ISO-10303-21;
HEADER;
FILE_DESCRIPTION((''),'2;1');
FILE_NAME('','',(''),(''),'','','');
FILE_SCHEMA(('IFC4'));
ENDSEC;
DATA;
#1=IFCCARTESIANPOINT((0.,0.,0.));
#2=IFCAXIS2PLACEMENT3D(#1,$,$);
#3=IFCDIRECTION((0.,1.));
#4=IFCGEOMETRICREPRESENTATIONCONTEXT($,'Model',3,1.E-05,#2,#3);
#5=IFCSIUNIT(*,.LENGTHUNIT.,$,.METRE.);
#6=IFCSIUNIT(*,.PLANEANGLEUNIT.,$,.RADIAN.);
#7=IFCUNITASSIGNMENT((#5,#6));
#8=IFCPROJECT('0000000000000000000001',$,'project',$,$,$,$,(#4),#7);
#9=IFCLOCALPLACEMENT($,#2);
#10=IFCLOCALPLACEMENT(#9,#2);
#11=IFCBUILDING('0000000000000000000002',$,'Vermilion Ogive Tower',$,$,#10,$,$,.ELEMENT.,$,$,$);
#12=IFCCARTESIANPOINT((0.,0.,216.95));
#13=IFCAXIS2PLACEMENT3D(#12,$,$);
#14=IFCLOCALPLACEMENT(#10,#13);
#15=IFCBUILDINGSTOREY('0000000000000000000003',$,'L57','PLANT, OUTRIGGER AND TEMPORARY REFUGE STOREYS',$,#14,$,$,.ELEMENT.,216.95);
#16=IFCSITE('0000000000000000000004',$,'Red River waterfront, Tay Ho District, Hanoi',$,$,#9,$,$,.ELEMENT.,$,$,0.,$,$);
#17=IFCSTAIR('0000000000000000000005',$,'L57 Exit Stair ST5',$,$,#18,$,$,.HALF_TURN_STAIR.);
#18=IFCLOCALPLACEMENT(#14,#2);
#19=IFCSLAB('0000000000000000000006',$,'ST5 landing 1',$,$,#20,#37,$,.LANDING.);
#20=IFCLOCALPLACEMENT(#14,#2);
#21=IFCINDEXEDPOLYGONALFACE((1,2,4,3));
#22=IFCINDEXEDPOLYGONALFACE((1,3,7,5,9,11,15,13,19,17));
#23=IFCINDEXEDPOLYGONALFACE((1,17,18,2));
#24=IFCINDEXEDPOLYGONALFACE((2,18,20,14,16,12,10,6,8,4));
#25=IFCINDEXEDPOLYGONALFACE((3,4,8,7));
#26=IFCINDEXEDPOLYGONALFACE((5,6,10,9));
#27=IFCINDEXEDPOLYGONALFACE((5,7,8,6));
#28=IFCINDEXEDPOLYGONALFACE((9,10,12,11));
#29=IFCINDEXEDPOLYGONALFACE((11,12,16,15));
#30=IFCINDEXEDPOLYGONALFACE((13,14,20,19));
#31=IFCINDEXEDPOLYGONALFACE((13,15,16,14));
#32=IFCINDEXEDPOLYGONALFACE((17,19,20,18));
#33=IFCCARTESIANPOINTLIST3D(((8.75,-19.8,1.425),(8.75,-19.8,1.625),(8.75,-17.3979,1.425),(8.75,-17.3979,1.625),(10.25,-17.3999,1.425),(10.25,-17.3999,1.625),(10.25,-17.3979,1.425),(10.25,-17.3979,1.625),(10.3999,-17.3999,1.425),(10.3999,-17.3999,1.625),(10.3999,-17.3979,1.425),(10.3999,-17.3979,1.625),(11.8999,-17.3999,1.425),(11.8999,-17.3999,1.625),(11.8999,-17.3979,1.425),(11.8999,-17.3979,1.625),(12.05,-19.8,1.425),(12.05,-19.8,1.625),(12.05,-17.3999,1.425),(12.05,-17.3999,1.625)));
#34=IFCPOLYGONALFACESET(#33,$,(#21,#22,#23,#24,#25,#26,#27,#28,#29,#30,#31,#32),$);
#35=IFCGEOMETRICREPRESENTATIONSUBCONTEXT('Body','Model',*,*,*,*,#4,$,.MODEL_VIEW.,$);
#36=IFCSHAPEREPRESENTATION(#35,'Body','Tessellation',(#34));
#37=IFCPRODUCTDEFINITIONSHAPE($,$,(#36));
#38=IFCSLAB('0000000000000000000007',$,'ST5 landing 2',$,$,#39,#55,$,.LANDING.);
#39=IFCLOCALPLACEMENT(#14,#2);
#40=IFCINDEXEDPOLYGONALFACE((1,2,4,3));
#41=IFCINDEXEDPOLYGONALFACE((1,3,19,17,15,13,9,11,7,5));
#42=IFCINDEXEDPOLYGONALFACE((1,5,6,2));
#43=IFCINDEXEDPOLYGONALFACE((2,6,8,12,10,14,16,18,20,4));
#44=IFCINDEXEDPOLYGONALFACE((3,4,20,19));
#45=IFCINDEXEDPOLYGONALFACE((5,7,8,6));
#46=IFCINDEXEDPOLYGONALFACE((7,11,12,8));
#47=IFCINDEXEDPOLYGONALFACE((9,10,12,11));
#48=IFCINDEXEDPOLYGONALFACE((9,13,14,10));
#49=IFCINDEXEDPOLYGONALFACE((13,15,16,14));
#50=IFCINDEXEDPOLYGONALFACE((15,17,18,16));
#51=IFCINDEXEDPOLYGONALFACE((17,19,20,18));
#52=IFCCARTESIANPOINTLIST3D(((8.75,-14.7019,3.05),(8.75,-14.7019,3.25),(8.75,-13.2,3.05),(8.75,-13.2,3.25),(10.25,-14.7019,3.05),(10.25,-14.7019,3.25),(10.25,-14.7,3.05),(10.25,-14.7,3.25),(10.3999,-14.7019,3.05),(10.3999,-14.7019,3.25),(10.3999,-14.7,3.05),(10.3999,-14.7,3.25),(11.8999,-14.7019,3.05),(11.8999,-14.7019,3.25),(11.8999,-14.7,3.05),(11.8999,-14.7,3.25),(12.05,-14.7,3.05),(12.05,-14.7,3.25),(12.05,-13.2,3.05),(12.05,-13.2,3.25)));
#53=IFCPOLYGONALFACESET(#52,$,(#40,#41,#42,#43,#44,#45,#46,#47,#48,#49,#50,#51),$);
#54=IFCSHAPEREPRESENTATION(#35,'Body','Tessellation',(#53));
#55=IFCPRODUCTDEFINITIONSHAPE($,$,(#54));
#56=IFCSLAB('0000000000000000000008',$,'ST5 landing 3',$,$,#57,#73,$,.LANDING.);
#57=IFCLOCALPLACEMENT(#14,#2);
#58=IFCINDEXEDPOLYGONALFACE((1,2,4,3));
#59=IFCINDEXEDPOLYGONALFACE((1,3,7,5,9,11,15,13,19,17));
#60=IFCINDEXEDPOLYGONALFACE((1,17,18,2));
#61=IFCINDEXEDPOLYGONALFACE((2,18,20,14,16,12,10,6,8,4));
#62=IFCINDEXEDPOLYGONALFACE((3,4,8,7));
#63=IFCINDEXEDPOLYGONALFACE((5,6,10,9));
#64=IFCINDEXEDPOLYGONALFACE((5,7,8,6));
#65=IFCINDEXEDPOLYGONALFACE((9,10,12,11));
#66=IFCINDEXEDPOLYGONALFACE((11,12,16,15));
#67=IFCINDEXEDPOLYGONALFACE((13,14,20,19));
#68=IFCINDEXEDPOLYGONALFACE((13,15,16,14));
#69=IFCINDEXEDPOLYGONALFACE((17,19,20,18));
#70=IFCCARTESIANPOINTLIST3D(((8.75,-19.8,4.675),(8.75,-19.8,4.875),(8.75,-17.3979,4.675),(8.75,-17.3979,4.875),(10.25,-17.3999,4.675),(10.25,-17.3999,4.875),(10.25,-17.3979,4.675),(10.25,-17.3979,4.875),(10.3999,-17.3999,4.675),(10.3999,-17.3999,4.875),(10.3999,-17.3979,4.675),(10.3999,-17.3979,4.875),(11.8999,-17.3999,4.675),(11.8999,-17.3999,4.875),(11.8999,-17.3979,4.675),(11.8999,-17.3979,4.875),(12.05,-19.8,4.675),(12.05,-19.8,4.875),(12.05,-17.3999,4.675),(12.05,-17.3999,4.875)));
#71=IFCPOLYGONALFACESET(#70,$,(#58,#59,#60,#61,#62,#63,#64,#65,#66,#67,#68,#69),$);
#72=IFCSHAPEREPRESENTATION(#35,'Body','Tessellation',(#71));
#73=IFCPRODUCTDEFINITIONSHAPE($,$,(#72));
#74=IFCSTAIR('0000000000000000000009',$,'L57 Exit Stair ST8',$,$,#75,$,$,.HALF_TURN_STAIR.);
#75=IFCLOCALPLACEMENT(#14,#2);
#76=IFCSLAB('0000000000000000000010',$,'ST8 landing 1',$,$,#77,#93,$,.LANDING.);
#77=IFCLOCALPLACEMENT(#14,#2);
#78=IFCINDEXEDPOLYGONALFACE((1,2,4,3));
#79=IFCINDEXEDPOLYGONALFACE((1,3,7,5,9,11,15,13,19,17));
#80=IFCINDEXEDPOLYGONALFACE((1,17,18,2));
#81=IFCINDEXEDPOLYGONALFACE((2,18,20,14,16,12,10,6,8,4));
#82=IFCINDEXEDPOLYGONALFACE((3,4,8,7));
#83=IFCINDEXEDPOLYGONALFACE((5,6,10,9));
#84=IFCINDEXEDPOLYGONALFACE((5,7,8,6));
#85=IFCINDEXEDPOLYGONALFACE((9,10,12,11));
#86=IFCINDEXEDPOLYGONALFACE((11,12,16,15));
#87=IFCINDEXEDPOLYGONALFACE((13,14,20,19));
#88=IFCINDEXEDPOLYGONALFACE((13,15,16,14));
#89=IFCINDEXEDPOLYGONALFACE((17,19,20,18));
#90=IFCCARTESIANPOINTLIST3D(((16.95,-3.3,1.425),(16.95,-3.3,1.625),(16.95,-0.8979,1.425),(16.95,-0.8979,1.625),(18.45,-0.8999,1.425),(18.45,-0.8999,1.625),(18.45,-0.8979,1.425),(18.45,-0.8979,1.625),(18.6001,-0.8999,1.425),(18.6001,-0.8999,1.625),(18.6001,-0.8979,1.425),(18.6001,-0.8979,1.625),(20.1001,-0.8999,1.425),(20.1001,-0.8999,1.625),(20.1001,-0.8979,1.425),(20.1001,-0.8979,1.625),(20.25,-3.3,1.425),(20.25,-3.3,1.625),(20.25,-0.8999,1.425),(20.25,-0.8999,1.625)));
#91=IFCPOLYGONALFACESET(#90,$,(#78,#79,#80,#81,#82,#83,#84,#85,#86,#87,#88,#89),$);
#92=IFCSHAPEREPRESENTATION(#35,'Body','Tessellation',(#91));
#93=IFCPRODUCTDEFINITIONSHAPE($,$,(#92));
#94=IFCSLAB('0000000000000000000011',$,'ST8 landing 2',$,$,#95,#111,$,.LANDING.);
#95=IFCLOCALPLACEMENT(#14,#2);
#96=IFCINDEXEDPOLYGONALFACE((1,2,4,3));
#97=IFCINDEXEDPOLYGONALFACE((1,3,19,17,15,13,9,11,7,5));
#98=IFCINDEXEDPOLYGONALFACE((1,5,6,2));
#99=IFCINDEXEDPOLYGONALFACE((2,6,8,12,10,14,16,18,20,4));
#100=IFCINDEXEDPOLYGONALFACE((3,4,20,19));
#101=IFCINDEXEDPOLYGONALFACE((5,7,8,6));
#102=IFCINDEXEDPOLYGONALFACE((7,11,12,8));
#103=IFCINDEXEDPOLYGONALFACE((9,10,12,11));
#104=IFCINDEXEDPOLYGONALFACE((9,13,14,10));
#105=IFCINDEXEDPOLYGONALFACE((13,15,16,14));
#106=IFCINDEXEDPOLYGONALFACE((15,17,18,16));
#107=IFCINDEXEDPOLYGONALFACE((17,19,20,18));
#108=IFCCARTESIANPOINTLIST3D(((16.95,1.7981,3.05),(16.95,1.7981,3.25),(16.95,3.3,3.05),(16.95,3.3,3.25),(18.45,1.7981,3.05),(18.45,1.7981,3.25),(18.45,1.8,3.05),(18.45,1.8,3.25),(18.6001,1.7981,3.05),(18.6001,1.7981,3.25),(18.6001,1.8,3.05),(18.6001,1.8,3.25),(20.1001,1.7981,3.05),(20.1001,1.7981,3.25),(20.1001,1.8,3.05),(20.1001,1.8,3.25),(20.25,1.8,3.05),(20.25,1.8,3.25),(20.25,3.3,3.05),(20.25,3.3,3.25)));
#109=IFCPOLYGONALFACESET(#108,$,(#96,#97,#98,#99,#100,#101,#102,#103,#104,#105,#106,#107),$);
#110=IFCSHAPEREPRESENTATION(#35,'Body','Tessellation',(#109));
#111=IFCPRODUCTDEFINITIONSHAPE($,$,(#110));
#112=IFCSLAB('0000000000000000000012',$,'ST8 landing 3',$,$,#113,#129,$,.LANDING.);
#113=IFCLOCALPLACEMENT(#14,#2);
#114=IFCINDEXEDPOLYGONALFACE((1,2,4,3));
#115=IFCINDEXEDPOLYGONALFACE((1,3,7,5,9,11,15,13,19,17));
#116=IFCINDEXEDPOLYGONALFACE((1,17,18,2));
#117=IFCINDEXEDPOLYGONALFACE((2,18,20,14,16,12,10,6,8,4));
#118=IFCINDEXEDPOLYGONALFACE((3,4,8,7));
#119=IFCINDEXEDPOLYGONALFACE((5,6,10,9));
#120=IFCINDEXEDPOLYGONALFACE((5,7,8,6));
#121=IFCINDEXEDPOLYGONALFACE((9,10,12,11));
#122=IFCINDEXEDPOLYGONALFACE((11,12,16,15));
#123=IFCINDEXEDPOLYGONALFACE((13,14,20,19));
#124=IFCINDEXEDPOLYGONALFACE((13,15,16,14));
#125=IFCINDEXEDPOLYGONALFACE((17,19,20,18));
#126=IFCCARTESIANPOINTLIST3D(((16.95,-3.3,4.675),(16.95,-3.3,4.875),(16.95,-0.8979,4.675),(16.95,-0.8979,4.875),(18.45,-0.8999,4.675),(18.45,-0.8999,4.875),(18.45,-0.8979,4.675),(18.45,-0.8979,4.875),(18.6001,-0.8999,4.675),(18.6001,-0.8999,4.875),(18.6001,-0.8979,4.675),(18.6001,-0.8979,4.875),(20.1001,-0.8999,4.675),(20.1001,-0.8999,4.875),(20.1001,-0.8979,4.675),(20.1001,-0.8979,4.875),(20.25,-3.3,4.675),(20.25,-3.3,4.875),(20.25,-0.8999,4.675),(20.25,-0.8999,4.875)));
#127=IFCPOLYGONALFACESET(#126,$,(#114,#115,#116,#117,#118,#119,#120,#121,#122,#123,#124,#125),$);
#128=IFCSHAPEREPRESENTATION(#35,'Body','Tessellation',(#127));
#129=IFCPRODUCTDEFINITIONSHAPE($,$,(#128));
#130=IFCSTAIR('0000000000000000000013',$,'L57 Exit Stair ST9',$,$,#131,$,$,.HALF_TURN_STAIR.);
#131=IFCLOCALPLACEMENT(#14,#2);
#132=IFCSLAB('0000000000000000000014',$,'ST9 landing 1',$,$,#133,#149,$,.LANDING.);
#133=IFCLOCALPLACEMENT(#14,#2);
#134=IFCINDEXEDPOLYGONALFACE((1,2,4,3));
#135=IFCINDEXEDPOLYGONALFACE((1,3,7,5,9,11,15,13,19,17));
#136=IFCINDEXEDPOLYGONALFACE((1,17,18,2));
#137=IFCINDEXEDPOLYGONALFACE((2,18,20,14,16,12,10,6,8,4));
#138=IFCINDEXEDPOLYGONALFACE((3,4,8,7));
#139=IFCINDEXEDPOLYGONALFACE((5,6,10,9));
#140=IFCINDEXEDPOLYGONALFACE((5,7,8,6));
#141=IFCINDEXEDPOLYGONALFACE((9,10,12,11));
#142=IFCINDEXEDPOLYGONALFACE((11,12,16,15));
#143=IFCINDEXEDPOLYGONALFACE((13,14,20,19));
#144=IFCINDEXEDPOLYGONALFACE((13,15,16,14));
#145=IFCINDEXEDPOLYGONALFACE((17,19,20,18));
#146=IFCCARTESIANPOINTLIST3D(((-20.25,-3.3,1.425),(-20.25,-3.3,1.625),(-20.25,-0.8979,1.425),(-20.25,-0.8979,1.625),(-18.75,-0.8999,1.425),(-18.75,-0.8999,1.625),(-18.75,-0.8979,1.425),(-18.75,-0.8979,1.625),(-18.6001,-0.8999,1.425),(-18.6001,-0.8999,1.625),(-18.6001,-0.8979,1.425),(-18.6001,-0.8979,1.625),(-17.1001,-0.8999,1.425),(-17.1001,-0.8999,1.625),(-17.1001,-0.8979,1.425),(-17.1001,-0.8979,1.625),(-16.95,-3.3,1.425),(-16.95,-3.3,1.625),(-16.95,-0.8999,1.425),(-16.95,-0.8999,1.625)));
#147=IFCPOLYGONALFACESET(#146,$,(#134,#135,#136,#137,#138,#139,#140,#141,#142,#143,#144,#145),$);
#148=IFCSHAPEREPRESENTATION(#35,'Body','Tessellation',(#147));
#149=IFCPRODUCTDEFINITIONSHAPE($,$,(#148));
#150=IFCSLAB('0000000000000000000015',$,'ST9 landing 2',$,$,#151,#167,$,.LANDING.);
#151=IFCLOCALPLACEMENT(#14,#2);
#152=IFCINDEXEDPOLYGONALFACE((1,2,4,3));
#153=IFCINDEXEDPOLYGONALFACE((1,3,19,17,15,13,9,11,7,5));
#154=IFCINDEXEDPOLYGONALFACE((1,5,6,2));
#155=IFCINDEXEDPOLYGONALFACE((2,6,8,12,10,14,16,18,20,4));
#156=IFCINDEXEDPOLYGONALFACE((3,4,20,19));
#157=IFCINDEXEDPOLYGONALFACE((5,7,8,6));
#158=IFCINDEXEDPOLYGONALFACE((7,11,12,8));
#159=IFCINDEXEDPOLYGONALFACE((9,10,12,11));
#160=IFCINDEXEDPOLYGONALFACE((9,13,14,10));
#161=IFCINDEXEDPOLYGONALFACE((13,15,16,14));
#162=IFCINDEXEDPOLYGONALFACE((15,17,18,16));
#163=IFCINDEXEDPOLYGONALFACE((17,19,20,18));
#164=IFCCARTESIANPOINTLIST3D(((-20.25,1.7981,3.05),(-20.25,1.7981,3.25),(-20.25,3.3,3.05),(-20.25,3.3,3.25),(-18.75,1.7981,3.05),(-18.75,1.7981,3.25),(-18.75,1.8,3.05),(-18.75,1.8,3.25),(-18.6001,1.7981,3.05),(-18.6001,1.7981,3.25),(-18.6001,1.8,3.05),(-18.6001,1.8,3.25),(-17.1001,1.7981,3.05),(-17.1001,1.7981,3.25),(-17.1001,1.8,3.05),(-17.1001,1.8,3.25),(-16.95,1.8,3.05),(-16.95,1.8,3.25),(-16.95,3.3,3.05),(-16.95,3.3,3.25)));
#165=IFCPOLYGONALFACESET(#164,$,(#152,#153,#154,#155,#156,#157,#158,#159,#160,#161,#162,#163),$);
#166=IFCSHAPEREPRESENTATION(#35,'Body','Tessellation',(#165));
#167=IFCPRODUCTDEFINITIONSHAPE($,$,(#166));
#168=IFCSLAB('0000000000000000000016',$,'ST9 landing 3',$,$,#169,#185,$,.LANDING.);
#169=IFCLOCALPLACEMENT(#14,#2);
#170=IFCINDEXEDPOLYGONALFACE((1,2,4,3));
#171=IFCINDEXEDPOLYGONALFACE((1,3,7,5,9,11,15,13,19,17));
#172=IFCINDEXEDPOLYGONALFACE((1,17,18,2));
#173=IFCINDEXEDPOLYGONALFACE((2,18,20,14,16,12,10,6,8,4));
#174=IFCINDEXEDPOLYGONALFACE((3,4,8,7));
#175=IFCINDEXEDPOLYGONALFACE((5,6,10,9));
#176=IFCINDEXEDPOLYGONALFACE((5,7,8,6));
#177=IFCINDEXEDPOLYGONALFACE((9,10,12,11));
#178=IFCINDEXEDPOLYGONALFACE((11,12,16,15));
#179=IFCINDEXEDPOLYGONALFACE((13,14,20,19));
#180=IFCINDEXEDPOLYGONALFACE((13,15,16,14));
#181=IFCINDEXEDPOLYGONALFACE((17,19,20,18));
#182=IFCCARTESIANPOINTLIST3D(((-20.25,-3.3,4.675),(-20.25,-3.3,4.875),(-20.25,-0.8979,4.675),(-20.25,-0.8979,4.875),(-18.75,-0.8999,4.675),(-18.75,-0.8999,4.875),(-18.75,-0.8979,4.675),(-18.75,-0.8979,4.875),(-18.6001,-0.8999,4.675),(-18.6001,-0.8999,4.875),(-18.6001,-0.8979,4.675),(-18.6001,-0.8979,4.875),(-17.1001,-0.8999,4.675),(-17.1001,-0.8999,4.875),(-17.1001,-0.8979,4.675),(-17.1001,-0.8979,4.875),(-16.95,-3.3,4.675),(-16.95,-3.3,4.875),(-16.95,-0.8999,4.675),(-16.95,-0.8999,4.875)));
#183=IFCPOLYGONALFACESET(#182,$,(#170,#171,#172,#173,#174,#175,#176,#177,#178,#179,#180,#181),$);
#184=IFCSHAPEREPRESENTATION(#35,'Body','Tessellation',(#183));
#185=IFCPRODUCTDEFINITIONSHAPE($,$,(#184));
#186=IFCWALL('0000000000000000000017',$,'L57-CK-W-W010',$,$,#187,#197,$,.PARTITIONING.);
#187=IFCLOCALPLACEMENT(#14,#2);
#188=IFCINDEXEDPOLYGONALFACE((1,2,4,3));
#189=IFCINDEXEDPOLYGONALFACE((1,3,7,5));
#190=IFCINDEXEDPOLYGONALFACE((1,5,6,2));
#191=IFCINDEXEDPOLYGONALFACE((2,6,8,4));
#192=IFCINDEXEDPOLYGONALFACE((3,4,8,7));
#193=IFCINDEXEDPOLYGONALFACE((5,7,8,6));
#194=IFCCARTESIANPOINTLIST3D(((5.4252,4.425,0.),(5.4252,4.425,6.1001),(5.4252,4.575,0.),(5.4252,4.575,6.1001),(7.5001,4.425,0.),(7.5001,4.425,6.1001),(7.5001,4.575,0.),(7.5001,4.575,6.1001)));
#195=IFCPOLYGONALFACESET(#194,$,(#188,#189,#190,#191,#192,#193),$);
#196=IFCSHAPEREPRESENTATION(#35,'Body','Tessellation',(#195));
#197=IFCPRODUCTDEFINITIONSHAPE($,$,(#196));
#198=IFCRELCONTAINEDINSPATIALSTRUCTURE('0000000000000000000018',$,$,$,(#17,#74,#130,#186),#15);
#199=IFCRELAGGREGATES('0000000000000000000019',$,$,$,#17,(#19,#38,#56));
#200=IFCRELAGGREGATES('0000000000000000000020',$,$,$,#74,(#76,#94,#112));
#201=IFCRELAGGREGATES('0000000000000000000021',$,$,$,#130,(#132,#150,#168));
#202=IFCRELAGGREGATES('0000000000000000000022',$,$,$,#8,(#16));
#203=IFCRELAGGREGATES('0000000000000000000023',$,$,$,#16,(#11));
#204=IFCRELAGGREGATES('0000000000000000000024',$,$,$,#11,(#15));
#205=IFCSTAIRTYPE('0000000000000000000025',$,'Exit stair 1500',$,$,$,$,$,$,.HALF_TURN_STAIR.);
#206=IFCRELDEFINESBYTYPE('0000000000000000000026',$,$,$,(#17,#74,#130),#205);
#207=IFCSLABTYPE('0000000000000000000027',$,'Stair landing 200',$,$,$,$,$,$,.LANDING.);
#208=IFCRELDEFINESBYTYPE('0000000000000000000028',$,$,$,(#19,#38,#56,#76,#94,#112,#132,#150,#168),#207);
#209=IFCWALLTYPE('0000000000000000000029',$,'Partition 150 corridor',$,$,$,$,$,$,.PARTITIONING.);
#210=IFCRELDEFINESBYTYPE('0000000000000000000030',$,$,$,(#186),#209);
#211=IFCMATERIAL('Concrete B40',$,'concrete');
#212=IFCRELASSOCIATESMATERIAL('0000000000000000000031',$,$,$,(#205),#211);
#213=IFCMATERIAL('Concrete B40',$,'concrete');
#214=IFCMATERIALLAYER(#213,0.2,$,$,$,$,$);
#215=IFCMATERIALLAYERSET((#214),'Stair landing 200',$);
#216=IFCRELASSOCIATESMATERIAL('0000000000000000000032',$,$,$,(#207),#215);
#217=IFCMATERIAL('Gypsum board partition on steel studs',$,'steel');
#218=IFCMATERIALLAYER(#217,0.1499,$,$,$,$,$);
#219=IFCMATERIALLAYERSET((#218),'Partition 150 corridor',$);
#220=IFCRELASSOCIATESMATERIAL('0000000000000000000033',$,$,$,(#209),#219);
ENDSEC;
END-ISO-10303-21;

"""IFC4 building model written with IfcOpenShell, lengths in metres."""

from ifc_helpers import new_model, si_unit, direction, frame, frame_2d, origin, place, context, subcontext, project, spatial, polyline, rectangle, outline, extrude, material, layer, layer_set, type_object, element, aggregate, save


model = new_model("IFC4")

# Units and contexts
model_context = context("Model", 3, precision=1e-05, world=origin(), true_north=direction((0.0, 1.0)))
body_context = subcontext(model_context, "Body", "Model", "MODEL_VIEW")
ifc_project = project(units=[si_unit("LENGTHUNIT", "METRE"), si_unit("PLANEANGLEUNIT", "RADIAN")], contexts=[model_context])

# Site, building, storey
site_placement = place(None, origin())
site = spatial("IfcSite", under=ifc_project, at=site_placement, Name="Red River waterfront, Tay Ho District, Hanoi", CompositionType="ELEMENT", RefElevation=0.0)
building_placement = place(site_placement, origin())
building = spatial("IfcBuilding", under=site, at=building_placement, Name="Vermilion Ogive Tower", CompositionType="ELEMENT")
storey_placement = place(building_placement, frame((0.0, 0.0, 216.95)))
storey = spatial("IfcBuildingStorey", under=building, at=storey_placement, Name="L57", Description="PLANT, OUTRIGGER AND TEMPORARY REFUGE STOREYS", CompositionType="ELEMENT", Elevation=216.95)

# Stairs, slabs
ifc_material_1 = material(Name="Concrete B40", Category="concrete")
stair_type = type_object("IfcStairType", Name="Exit stair 1500", PredefinedType="HALF_TURN_STAIR", material=ifc_material_1)
ifc_material_2 = material(Name="Concrete B40", Category="concrete")
ifc_layer_1 = layer(ifc_material_2, 0.2)
ifc_layer_set_1 = layer_set([ifc_layer_1], Name="Stair landing 200")
slab_type_1 = type_object("IfcSlabType", Name="Stair landing 200", PredefinedType="LANDING", material=ifc_layer_set_1)
stair_1_placement = place(storey_placement, origin())
stair_1 = element("IfcStair", 1, at=stair_1_placement, inside=storey, type_object=stair_type, Name="L57 Exit Stair ST5", PredefinedType="HALF_TURN_STAIR")
slab_1_placement = place(storey_placement, frame((0.0, 0.0, 1.425)))
slab_1 = element("IfcSlab", 2, at=slab_1_placement, type_object=slab_type_1, Name="ST5 landing 1", PredefinedType="LANDING", context=body_context, shape_type="SweptSolid", body=[
    extrude(outline(polyline([(12.05, -17.3999), (11.8999, -17.3999), (11.8999, -17.3979), (10.3999, -17.3979), (10.3999, -17.3999), (10.25, -17.3999), (10.25, -17.3979), (8.75, -17.3979), (8.75, -19.8), (12.05, -19.8), (12.05, -17.3999)])), origin(), (0.0, 0.0, 1.0), 0.2),
])
slab_2_placement = place(storey_placement, frame((0.0, 0.0, 3.05)))
slab_2 = element("IfcSlab", 3, at=slab_2_placement, type_object=slab_type_1, Name="ST5 landing 2", PredefinedType="LANDING", context=body_context, shape_type="SweptSolid", body=[
    extrude(outline(polyline([(8.75, -13.2), (8.75, -14.7019), (10.25, -14.7019), (10.25, -14.7), (10.3999, -14.7), (10.3999, -14.7019), (11.8999, -14.7019), (11.8999, -14.7), (12.05, -14.7), (12.05, -13.2), (8.75, -13.2)])), origin(), (0.0, 0.0, 1.0), 0.2),
])
slab_3_placement = place(storey_placement, frame((0.0, 0.0, 4.675)))
slab_3 = element("IfcSlab", 4, at=slab_3_placement, type_object=slab_type_1, Name="ST5 landing 3", PredefinedType="LANDING", context=body_context, shape_type="SweptSolid", body=[
    extrude(outline(polyline([(12.05, -17.3999), (11.8999, -17.3999), (11.8999, -17.3979), (10.3999, -17.3979), (10.3999, -17.3999), (10.25, -17.3999), (10.25, -17.3979), (8.75, -17.3979), (8.75, -19.8), (12.05, -19.8), (12.05, -17.3999)])), origin(), (0.0, 0.0, 1.0), 0.2),
])
aggregate(stair_1, [slab_1, slab_2, slab_3])
stair_2_placement = place(storey_placement, origin())
stair_2 = element("IfcStair", 5, at=stair_2_placement, inside=storey, type_object=stair_type, Name="L57 Exit Stair ST8", PredefinedType="HALF_TURN_STAIR")
slab_4_placement = place(storey_placement, frame((0.0, 0.0, 1.425)))
slab_4 = element("IfcSlab", 6, at=slab_4_placement, type_object=slab_type_1, Name="ST8 landing 1", PredefinedType="LANDING", context=body_context, shape_type="SweptSolid", body=[
    extrude(outline(polyline([(20.25, -0.8999), (20.1001, -0.8999), (20.1001, -0.8979), (18.6001, -0.8979), (18.6001, -0.8999), (18.45, -0.8999), (18.45, -0.8979), (16.95, -0.8979), (16.95, -3.3), (20.25, -3.3), (20.25, -0.8999)])), origin(), (0.0, 0.0, 1.0), 0.2),
])
slab_5_placement = place(storey_placement, frame((0.0, 0.0, 3.05)))
slab_5 = element("IfcSlab", 7, at=slab_5_placement, type_object=slab_type_1, Name="ST8 landing 2", PredefinedType="LANDING", context=body_context, shape_type="SweptSolid", body=[
    extrude(outline(polyline([(16.95, 3.3), (16.95, 1.7981), (18.45, 1.7981), (18.45, 1.8), (18.6001, 1.8), (18.6001, 1.7981), (20.1001, 1.7981), (20.1001, 1.8), (20.25, 1.8), (20.25, 3.3), (16.95, 3.3)])), origin(), (0.0, 0.0, 1.0), 0.2),
])
slab_6_placement = place(storey_placement, frame((0.0, 0.0, 4.675)))
slab_6 = element("IfcSlab", 8, at=slab_6_placement, type_object=slab_type_1, Name="ST8 landing 3", PredefinedType="LANDING", context=body_context, shape_type="SweptSolid", body=[
    extrude(outline(polyline([(20.25, -0.8999), (20.1001, -0.8999), (20.1001, -0.8979), (18.6001, -0.8979), (18.6001, -0.8999), (18.45, -0.8999), (18.45, -0.8979), (16.95, -0.8979), (16.95, -3.3), (20.25, -3.3), (20.25, -0.8999)])), origin(), (0.0, 0.0, 1.0), 0.2),
])
aggregate(stair_2, [slab_4, slab_5, slab_6])
stair_3_placement = place(storey_placement, origin())
stair_3 = element("IfcStair", 9, at=stair_3_placement, inside=storey, type_object=stair_type, Name="L57 Exit Stair ST9", PredefinedType="HALF_TURN_STAIR")
slab_7_placement = place(storey_placement, frame((0.0, 0.0, 1.425)))
slab_7 = element("IfcSlab", 10, at=slab_7_placement, type_object=slab_type_1, Name="ST9 landing 1", PredefinedType="LANDING", context=body_context, shape_type="SweptSolid", body=[
    extrude(outline(polyline([(-16.95, -0.8999), (-17.1001, -0.8999), (-17.1001, -0.8979), (-18.6001, -0.8979), (-18.6001, -0.8999), (-18.75, -0.8999), (-18.75, -0.8979), (-20.25, -0.8979), (-20.25, -3.3), (-16.95, -3.3), (-16.95, -0.8999)])), origin(), (0.0, 0.0, 1.0), 0.2),
])
slab_8_placement = place(storey_placement, frame((0.0, 0.0, 3.05)))
slab_8 = element("IfcSlab", 11, at=slab_8_placement, type_object=slab_type_1, Name="ST9 landing 2", PredefinedType="LANDING", context=body_context, shape_type="SweptSolid", body=[
    extrude(outline(polyline([(-20.25, 3.3), (-20.25, 1.7981), (-18.75, 1.7981), (-18.75, 1.8), (-18.6001, 1.8), (-18.6001, 1.7981), (-17.1001, 1.7981), (-17.1001, 1.8), (-16.95, 1.8), (-16.95, 3.3), (-20.25, 3.3)])), origin(), (0.0, 0.0, 1.0), 0.2),
])
slab_9_placement = place(storey_placement, frame((0.0, 0.0, 4.675)))
slab_9 = element("IfcSlab", 12, at=slab_9_placement, type_object=slab_type_1, Name="ST9 landing 3", PredefinedType="LANDING", context=body_context, shape_type="SweptSolid", body=[
    extrude(outline(polyline([(-16.95, -0.8999), (-17.1001, -0.8999), (-17.1001, -0.8979), (-18.6001, -0.8979), (-18.6001, -0.8999), (-18.75, -0.8999), (-18.75, -0.8979), (-20.25, -0.8979), (-20.25, -3.3), (-16.95, -3.3), (-16.95, -0.8999)])), origin(), (0.0, 0.0, 1.0), 0.2),
])
aggregate(stair_3, [slab_7, slab_8, slab_9])

# Wall
ifc_material_3 = material(Name="Gypsum board partition on steel studs", Category="steel")
ifc_layer_2 = layer(ifc_material_3, 0.1499)
ifc_layer_set_2 = layer_set([ifc_layer_2], Name="Partition 150 corridor")
wall_type_1 = type_object("IfcWallType", Name="Partition 150 corridor", PredefinedType="PARTITIONING", material=ifc_layer_set_2)
wall_1_placement = place(storey_placement, frame((5.425, 4.5, 0.0), z_axis=(0.0, 0.0, 1.0), x_axis=(1.0, 0.0, 0.0)))
element("IfcWall", 13, at=wall_1_placement, inside=storey, type_object=wall_type_1, Name="L57-CK-W-W010", PredefinedType="PARTITIONING", context=body_context, shape_type="SweptSolid", body=[
    extrude(rectangle(XDim=2.075, YDim=0.1499, at=frame_2d((1.0376, 0.0))), origin(), (0.0, 0.0, 1.0), 6.1001),
])

save(model, "model.ifc")
